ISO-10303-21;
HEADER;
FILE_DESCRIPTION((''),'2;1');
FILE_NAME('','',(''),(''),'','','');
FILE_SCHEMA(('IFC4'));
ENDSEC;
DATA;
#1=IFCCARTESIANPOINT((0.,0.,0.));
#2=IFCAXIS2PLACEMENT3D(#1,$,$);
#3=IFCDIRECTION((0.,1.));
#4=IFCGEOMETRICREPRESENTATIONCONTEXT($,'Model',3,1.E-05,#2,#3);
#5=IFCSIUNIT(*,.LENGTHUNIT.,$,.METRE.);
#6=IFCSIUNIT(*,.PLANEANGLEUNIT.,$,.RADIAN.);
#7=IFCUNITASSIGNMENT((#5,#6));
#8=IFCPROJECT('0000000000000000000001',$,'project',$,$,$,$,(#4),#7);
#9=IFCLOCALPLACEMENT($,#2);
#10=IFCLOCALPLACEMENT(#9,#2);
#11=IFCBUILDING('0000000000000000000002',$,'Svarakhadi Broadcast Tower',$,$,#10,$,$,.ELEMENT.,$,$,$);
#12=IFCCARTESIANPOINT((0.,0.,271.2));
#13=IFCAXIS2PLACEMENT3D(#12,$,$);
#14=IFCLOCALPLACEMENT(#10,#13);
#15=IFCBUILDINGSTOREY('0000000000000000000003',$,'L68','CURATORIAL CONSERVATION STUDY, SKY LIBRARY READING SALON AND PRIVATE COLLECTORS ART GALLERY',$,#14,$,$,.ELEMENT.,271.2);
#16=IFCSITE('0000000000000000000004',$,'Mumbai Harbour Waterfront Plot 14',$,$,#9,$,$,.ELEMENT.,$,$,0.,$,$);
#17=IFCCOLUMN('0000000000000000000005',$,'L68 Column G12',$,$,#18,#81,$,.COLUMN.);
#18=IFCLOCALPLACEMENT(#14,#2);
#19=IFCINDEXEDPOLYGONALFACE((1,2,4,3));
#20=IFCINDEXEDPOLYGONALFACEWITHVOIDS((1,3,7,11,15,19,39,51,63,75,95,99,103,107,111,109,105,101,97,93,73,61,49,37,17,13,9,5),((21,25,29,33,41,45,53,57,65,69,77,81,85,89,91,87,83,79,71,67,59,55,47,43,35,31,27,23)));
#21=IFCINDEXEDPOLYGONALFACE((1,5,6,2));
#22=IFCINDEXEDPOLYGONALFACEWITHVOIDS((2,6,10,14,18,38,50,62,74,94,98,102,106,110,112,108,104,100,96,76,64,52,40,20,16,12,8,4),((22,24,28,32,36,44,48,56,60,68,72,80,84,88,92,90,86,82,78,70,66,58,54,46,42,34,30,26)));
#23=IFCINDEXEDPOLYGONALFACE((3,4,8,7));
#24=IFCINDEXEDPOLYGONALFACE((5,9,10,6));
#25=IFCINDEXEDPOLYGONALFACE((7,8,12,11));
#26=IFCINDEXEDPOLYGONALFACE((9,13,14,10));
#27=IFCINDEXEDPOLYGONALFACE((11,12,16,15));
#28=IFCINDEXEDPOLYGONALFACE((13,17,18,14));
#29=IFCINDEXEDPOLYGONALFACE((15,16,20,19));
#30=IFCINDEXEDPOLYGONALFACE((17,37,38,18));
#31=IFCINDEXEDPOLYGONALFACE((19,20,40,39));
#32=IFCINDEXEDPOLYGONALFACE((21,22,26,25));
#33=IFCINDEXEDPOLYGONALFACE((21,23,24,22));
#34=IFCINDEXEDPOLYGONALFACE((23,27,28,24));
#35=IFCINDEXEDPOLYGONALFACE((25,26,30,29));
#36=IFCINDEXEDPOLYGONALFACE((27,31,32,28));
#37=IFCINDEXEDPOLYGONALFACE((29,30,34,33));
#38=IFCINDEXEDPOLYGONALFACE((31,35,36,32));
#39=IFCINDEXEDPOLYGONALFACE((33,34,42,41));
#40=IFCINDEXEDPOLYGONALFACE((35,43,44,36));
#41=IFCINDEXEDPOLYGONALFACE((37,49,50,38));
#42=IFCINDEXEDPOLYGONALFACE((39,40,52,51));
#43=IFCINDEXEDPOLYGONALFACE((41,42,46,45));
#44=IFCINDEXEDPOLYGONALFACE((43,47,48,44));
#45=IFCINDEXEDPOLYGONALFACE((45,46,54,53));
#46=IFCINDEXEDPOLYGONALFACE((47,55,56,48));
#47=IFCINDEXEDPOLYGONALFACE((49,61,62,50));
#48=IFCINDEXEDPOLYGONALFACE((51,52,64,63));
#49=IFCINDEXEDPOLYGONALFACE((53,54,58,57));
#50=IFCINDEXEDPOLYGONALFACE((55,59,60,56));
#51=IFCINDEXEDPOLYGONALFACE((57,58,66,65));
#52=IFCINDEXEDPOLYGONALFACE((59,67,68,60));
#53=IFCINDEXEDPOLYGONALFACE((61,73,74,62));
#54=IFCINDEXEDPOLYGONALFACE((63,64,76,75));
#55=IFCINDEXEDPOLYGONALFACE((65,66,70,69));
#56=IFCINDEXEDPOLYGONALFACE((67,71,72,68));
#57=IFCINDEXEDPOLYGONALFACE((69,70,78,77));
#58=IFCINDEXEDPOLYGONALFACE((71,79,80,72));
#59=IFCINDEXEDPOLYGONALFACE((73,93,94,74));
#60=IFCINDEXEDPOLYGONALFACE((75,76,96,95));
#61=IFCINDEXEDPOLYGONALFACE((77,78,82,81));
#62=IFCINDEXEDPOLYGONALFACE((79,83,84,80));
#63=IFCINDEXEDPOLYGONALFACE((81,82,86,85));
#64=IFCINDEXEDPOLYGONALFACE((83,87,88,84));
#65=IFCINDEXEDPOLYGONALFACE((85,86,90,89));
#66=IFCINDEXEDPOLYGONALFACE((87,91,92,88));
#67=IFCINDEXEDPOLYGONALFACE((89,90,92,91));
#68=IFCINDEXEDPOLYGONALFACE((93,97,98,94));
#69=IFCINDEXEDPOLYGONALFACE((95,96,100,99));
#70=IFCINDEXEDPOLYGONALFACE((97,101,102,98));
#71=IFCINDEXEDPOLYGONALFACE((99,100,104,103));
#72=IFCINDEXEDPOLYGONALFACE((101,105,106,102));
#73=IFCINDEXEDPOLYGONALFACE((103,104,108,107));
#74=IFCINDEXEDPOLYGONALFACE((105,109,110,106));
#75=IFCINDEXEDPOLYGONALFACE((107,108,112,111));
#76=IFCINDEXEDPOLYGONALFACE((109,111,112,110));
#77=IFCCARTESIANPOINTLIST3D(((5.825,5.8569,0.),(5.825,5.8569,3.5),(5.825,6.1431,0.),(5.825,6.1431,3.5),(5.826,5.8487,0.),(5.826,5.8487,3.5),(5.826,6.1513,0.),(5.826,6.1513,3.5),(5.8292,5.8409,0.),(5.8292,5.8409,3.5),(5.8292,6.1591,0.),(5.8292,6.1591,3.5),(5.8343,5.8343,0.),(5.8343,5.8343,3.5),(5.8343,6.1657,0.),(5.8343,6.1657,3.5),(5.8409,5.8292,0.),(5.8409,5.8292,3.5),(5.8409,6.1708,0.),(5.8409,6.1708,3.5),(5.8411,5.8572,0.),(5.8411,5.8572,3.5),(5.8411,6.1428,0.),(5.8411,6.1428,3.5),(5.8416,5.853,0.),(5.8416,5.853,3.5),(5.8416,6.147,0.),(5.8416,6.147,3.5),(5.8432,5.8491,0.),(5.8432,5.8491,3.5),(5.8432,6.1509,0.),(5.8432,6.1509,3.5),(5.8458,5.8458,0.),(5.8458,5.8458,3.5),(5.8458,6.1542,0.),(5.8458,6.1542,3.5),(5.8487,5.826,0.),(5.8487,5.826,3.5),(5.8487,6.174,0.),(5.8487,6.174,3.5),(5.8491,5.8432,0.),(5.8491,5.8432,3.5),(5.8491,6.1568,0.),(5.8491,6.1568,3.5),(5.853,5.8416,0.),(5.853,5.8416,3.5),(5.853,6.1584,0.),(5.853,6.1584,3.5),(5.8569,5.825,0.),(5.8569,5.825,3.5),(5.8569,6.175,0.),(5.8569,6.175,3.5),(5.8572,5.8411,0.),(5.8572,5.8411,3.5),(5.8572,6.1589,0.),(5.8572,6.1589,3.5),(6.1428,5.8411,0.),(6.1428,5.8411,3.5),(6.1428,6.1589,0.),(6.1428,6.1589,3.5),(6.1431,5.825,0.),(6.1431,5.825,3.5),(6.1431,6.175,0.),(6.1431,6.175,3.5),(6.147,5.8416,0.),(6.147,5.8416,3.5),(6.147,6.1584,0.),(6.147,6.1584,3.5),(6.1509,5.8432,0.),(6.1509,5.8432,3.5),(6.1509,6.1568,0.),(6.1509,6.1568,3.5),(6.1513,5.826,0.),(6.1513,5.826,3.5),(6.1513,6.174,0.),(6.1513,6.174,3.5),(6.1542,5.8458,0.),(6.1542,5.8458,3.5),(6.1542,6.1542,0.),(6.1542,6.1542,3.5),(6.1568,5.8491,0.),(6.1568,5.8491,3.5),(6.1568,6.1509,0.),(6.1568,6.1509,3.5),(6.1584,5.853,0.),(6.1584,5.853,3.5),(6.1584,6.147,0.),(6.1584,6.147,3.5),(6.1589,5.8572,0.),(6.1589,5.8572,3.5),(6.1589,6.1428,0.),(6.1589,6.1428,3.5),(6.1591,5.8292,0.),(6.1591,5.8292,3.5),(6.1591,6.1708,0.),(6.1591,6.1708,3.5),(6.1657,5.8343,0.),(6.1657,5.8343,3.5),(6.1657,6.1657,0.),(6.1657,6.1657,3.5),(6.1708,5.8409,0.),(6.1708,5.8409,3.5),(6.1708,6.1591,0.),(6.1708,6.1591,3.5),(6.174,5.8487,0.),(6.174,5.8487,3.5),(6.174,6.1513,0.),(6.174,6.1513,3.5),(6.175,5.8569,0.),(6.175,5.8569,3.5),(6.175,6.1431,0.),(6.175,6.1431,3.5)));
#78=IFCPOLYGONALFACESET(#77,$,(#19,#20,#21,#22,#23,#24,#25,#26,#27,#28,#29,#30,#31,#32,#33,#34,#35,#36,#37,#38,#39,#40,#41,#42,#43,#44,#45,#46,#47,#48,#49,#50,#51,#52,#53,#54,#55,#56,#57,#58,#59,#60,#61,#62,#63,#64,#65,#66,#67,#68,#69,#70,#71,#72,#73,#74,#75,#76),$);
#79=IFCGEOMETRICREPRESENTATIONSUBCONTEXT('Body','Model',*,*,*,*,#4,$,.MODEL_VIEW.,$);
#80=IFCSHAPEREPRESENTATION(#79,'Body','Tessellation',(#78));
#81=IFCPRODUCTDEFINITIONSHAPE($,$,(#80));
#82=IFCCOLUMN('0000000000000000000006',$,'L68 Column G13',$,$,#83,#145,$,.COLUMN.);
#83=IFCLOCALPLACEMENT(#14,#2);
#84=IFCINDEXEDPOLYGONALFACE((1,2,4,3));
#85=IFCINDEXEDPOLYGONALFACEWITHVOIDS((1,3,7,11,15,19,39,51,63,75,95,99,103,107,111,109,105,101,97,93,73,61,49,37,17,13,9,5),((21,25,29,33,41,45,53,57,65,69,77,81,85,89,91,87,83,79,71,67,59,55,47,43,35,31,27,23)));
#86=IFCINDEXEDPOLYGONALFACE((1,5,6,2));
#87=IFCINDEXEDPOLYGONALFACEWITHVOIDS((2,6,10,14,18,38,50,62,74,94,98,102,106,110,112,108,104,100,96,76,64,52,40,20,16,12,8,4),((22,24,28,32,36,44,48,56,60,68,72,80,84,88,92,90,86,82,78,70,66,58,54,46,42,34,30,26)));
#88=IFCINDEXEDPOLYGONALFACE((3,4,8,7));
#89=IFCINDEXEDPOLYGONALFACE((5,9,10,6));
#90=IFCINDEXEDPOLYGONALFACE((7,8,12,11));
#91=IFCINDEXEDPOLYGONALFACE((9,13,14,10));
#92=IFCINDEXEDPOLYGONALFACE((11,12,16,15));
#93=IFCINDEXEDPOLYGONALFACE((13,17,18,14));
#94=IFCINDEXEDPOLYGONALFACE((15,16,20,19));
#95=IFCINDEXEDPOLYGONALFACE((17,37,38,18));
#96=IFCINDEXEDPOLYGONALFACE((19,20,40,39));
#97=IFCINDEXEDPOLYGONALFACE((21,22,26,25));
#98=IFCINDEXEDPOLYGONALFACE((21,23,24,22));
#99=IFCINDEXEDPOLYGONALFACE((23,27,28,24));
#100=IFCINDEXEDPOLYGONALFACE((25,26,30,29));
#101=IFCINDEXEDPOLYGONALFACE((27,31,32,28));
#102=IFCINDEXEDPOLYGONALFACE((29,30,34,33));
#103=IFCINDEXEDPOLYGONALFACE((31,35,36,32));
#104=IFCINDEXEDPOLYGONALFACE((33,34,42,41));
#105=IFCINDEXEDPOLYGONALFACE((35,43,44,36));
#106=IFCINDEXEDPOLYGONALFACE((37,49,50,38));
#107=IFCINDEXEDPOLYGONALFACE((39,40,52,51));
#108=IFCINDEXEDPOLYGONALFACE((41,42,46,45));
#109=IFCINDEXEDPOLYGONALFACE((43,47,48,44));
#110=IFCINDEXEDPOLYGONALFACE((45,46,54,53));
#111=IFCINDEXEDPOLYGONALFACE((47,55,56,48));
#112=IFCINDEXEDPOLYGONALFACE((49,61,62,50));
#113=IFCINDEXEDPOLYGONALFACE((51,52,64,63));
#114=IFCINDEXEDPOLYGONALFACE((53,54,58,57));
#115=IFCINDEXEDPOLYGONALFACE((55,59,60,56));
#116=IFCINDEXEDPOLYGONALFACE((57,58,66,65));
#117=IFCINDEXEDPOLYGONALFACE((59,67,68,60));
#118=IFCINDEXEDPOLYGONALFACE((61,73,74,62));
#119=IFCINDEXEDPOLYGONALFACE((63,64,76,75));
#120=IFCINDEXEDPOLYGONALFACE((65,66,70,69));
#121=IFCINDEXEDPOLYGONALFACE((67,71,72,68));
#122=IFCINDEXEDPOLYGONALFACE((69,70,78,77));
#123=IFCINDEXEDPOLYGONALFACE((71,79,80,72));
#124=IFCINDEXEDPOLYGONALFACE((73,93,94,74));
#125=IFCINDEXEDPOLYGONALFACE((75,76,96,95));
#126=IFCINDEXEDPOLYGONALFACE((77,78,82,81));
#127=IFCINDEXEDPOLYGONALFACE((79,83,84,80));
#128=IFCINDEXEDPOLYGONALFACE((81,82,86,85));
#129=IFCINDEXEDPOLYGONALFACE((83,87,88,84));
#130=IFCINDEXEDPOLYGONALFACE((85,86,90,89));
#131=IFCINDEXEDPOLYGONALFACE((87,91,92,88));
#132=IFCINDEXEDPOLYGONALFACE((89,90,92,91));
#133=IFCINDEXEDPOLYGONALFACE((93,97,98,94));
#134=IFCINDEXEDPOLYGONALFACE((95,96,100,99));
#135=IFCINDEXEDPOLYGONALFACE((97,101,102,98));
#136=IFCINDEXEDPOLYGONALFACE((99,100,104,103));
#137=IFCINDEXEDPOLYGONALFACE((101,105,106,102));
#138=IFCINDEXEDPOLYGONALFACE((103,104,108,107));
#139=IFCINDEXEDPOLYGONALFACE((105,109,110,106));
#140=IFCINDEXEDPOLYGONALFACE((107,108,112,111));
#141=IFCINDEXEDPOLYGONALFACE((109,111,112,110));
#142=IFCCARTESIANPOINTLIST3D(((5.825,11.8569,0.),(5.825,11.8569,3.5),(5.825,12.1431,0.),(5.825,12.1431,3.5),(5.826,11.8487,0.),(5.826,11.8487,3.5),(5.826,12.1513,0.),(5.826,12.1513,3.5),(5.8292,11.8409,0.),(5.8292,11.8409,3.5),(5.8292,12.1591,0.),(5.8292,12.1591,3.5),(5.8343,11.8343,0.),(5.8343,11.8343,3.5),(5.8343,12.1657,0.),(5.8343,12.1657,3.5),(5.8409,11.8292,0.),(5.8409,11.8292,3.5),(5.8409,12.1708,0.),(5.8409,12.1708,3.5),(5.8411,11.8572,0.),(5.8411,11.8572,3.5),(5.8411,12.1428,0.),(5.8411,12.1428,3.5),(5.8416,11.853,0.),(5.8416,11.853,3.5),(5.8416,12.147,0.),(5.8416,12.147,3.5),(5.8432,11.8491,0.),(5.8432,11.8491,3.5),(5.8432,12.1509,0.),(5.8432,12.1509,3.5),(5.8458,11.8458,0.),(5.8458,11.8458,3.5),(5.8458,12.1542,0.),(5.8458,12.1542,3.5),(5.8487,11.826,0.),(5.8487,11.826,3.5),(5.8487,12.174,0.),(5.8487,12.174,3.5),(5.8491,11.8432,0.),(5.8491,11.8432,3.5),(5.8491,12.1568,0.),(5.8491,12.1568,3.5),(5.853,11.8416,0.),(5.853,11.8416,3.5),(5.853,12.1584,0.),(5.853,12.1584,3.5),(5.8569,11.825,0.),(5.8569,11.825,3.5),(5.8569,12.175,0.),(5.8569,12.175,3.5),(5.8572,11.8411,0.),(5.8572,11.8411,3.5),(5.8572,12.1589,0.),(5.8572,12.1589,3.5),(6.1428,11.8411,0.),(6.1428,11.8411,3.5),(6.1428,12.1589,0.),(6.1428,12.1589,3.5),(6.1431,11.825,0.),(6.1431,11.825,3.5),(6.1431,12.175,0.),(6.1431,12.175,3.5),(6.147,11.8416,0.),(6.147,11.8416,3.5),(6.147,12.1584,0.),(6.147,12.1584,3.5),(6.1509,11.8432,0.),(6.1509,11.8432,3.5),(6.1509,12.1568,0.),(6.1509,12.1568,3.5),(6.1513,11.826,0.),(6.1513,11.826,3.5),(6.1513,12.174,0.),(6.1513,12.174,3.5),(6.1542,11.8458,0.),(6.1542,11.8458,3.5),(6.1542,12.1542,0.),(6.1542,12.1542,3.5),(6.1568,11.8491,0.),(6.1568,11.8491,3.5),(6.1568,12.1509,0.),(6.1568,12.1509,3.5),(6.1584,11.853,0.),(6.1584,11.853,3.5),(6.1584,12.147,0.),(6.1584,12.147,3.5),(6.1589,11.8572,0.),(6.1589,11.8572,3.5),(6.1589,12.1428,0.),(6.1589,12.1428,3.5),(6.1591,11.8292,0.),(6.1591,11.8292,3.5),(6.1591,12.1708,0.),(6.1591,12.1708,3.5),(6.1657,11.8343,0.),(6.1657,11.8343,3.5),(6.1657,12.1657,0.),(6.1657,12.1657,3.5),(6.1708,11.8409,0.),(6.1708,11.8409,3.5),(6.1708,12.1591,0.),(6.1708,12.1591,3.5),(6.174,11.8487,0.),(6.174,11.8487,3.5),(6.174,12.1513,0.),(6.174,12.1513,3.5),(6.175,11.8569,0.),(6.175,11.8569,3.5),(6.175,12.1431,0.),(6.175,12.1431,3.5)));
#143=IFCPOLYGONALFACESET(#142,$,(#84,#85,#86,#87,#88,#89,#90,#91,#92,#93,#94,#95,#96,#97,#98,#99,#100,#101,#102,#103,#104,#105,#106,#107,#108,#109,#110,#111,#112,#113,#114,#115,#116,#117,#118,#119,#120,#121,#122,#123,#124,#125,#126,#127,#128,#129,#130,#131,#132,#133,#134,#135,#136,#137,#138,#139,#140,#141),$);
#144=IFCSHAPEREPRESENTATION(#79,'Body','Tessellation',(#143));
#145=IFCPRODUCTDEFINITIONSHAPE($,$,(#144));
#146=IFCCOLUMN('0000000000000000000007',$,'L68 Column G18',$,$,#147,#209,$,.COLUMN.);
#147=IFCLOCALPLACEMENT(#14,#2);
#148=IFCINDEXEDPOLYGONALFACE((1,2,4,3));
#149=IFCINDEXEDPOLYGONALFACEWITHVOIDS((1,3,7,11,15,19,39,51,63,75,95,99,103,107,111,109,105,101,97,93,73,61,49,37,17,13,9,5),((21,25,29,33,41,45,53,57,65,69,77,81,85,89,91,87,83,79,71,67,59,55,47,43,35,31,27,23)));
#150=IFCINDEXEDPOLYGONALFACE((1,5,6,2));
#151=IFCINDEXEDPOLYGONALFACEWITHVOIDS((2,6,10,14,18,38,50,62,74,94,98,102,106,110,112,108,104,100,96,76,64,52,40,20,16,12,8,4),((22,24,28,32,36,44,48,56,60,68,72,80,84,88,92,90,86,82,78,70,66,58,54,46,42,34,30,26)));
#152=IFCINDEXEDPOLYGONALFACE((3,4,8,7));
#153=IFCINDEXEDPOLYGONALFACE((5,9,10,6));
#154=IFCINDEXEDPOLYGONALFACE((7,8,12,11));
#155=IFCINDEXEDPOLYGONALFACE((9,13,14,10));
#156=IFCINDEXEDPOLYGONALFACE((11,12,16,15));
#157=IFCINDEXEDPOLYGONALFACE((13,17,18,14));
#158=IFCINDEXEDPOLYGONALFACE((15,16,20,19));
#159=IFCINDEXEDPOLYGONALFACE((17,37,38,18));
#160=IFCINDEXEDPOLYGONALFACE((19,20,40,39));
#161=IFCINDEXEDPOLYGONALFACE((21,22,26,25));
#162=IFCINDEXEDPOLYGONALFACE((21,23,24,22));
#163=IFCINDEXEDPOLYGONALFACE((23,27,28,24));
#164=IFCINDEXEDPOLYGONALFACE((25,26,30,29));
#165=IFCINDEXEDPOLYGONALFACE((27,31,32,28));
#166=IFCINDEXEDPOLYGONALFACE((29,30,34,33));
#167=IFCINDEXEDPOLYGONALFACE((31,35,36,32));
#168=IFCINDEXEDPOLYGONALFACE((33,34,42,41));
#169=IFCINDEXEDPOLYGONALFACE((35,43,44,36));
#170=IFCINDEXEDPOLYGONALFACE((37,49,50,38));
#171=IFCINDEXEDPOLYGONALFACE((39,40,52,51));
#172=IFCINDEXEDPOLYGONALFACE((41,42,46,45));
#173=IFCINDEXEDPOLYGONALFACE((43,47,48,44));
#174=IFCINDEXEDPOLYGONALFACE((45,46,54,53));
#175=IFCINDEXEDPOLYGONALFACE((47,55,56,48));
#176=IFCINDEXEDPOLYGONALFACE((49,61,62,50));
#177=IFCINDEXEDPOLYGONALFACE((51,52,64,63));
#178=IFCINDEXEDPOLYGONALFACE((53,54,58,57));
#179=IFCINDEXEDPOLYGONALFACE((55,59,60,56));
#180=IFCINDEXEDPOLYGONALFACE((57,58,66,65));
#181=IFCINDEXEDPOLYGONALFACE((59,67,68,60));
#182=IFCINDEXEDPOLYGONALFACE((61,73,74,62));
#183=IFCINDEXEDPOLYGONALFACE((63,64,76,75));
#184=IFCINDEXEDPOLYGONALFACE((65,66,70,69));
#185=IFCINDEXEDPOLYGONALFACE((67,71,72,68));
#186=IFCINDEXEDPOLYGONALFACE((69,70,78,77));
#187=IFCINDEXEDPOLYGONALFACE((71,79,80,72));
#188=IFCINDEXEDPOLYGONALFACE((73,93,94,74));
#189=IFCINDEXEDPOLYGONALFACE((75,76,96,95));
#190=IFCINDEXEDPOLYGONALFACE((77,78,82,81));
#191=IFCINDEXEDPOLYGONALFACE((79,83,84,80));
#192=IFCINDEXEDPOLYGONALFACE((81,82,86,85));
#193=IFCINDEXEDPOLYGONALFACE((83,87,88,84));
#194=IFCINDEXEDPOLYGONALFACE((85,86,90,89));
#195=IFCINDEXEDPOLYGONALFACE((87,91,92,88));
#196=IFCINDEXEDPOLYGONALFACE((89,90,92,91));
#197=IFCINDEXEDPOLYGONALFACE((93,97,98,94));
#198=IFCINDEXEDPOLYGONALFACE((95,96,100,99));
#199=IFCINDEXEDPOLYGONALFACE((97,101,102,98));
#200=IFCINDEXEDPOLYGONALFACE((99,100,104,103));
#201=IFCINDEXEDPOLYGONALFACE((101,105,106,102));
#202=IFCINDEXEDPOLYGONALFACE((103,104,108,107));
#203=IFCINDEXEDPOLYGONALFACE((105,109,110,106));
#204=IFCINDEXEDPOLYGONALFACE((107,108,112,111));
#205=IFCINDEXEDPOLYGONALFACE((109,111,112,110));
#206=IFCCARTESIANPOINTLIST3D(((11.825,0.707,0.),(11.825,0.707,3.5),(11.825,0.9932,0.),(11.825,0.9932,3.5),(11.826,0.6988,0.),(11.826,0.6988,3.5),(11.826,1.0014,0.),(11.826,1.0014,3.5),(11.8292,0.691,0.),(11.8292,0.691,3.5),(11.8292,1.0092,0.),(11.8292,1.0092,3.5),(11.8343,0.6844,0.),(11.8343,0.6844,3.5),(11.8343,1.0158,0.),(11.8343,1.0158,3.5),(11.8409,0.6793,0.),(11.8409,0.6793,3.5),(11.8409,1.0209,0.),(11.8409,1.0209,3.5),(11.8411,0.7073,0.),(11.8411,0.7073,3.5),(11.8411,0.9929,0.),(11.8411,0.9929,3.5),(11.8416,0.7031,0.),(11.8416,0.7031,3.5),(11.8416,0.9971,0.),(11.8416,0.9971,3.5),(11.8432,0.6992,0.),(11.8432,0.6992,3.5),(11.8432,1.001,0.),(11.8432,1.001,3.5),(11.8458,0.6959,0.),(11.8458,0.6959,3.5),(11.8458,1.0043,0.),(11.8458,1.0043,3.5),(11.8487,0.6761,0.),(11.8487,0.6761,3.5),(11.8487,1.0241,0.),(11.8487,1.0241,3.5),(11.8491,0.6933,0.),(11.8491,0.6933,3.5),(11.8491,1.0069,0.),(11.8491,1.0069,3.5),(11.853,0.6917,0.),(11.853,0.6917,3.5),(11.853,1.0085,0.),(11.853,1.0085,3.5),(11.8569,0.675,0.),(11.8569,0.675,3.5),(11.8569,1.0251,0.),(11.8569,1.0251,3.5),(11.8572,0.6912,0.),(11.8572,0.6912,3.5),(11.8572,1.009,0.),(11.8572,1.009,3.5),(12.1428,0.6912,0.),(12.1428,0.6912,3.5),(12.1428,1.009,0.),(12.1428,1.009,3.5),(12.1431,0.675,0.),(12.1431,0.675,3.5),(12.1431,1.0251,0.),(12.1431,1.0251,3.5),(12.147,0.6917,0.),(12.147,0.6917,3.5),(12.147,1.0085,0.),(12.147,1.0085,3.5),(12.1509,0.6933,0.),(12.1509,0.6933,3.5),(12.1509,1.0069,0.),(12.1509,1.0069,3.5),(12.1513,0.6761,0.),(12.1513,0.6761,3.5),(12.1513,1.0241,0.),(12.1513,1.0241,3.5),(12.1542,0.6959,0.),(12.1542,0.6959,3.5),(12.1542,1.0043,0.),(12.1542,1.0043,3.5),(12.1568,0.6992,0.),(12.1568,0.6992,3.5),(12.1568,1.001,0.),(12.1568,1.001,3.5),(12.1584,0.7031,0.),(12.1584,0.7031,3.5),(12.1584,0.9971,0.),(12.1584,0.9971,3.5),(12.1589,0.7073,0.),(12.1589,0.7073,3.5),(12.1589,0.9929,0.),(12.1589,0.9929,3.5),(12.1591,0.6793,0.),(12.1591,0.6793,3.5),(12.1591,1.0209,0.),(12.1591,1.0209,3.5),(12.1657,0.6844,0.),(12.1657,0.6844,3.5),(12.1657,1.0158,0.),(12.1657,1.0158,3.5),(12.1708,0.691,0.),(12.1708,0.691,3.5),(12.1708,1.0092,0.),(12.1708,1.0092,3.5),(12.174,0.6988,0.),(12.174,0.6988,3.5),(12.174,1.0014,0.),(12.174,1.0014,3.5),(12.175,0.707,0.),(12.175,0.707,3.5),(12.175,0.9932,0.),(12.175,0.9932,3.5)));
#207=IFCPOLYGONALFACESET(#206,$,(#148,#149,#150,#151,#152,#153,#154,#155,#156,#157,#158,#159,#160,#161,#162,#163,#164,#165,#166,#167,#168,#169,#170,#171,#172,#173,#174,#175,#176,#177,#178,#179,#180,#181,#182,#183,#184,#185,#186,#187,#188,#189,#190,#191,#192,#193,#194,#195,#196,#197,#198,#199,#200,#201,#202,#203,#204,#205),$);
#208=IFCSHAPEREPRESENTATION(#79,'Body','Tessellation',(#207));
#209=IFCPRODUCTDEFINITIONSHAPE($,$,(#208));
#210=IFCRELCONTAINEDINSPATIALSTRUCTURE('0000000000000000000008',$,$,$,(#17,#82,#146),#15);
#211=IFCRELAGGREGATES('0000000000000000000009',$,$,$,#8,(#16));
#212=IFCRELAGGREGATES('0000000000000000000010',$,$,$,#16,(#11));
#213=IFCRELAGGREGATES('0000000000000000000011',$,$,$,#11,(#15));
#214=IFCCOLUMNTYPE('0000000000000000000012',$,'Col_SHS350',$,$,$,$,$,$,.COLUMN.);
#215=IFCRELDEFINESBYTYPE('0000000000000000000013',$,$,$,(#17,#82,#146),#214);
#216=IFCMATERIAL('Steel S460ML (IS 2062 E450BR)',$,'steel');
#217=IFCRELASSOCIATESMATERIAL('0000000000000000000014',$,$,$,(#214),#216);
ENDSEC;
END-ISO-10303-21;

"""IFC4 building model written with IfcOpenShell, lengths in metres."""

from ifc_helpers import new_model, si_unit, direction, frame, origin, origin_2d, place, context, subcontext, project, spatial, hollow_rectangle, extrude, material, material_profile, profile_set, type_object, element, save


model = new_model("IFC4")

# Units and contexts
model_context = context("Model", 3, precision=1e-05, world=origin(), true_north=direction((0.0, 1.0)))
body_context = subcontext(model_context, "Body", "Model", "MODEL_VIEW")
ifc_project = project(units=[si_unit("LENGTHUNIT", "METRE"), si_unit("PLANEANGLEUNIT", "RADIAN")], contexts=[model_context])

# Site, building, storey
site_placement = place(None, origin())
site = spatial("IfcSite", under=ifc_project, at=site_placement, Name="Mumbai Harbour Waterfront Plot 14", CompositionType="ELEMENT", RefElevation=0.0)
building_placement = place(site_placement, origin())
building = spatial("IfcBuilding", under=site, at=building_placement, Name="Svarakhadi Broadcast Tower", CompositionType="ELEMENT")
storey_placement = place(building_placement, frame((0.0, 0.0, 271.2)))
storey = spatial("IfcBuildingStorey", under=building, at=storey_placement, Name="L68", Description="CURATORIAL CONSERVATION STUDY, SKY LIBRARY READING SALON AND PRIVATE COLLECTORS ART GALLERY", CompositionType="ELEMENT", Elevation=271.2)

# Columns
ifc_material_1 = material(Name="Steel S460ML (IS 2062 E450BR)", Category="steel")
ifc_material_profile_1 = material_profile(ifc_material_1, hollow_rectangle(XDim=0.3501, YDim=0.3501, WallThickness=0.0161, InnerFilletRadius=0.0161, OuterFilletRadius=0.032, at=origin_2d()), Name="SHS 350x350x16")
ifc_profile_set_1 = profile_set([ifc_material_profile_1], Name="Steel S460ML (IS 2062 E450BR)")
column_type = type_object("IfcColumnType", Name="Col_SHS350", PredefinedType="COLUMN", material=ifc_profile_set_1)
for number, where, z_axis, x_axis, name in (
    (1, (6.0, 6.0, 0.0), (0.0, 0.0, 1.0), (1.0, 0.0, 0.0), "L68 Column G12"),
    (2, (6.0, 12.0, 0.0), (0.0, 0.0, 1.0), (1.0, 0.0, 0.0), "L68 Column G13"),
    (3, (12.0, 0.8501, 0.0), (0.0, 0.0, 1.0), (1.0, 0.0, 0.0), "L68 Column G18"),
):
    element("IfcColumn", number, at=place(storey_placement, frame(where, z_axis=z_axis, x_axis=x_axis)), inside=storey, type_object=column_type, Name=name, PredefinedType="COLUMN", context=body_context, shape_type="SweptSolid", body=[
        extrude(hollow_rectangle(XDim=0.3501, YDim=0.3501, WallThickness=0.0161, InnerFilletRadius=0.0161, OuterFilletRadius=0.032, at=origin_2d()), origin(), (0.0, 0.0, 1.0), 3.5),
    ])

save(model, "model.ifc")
